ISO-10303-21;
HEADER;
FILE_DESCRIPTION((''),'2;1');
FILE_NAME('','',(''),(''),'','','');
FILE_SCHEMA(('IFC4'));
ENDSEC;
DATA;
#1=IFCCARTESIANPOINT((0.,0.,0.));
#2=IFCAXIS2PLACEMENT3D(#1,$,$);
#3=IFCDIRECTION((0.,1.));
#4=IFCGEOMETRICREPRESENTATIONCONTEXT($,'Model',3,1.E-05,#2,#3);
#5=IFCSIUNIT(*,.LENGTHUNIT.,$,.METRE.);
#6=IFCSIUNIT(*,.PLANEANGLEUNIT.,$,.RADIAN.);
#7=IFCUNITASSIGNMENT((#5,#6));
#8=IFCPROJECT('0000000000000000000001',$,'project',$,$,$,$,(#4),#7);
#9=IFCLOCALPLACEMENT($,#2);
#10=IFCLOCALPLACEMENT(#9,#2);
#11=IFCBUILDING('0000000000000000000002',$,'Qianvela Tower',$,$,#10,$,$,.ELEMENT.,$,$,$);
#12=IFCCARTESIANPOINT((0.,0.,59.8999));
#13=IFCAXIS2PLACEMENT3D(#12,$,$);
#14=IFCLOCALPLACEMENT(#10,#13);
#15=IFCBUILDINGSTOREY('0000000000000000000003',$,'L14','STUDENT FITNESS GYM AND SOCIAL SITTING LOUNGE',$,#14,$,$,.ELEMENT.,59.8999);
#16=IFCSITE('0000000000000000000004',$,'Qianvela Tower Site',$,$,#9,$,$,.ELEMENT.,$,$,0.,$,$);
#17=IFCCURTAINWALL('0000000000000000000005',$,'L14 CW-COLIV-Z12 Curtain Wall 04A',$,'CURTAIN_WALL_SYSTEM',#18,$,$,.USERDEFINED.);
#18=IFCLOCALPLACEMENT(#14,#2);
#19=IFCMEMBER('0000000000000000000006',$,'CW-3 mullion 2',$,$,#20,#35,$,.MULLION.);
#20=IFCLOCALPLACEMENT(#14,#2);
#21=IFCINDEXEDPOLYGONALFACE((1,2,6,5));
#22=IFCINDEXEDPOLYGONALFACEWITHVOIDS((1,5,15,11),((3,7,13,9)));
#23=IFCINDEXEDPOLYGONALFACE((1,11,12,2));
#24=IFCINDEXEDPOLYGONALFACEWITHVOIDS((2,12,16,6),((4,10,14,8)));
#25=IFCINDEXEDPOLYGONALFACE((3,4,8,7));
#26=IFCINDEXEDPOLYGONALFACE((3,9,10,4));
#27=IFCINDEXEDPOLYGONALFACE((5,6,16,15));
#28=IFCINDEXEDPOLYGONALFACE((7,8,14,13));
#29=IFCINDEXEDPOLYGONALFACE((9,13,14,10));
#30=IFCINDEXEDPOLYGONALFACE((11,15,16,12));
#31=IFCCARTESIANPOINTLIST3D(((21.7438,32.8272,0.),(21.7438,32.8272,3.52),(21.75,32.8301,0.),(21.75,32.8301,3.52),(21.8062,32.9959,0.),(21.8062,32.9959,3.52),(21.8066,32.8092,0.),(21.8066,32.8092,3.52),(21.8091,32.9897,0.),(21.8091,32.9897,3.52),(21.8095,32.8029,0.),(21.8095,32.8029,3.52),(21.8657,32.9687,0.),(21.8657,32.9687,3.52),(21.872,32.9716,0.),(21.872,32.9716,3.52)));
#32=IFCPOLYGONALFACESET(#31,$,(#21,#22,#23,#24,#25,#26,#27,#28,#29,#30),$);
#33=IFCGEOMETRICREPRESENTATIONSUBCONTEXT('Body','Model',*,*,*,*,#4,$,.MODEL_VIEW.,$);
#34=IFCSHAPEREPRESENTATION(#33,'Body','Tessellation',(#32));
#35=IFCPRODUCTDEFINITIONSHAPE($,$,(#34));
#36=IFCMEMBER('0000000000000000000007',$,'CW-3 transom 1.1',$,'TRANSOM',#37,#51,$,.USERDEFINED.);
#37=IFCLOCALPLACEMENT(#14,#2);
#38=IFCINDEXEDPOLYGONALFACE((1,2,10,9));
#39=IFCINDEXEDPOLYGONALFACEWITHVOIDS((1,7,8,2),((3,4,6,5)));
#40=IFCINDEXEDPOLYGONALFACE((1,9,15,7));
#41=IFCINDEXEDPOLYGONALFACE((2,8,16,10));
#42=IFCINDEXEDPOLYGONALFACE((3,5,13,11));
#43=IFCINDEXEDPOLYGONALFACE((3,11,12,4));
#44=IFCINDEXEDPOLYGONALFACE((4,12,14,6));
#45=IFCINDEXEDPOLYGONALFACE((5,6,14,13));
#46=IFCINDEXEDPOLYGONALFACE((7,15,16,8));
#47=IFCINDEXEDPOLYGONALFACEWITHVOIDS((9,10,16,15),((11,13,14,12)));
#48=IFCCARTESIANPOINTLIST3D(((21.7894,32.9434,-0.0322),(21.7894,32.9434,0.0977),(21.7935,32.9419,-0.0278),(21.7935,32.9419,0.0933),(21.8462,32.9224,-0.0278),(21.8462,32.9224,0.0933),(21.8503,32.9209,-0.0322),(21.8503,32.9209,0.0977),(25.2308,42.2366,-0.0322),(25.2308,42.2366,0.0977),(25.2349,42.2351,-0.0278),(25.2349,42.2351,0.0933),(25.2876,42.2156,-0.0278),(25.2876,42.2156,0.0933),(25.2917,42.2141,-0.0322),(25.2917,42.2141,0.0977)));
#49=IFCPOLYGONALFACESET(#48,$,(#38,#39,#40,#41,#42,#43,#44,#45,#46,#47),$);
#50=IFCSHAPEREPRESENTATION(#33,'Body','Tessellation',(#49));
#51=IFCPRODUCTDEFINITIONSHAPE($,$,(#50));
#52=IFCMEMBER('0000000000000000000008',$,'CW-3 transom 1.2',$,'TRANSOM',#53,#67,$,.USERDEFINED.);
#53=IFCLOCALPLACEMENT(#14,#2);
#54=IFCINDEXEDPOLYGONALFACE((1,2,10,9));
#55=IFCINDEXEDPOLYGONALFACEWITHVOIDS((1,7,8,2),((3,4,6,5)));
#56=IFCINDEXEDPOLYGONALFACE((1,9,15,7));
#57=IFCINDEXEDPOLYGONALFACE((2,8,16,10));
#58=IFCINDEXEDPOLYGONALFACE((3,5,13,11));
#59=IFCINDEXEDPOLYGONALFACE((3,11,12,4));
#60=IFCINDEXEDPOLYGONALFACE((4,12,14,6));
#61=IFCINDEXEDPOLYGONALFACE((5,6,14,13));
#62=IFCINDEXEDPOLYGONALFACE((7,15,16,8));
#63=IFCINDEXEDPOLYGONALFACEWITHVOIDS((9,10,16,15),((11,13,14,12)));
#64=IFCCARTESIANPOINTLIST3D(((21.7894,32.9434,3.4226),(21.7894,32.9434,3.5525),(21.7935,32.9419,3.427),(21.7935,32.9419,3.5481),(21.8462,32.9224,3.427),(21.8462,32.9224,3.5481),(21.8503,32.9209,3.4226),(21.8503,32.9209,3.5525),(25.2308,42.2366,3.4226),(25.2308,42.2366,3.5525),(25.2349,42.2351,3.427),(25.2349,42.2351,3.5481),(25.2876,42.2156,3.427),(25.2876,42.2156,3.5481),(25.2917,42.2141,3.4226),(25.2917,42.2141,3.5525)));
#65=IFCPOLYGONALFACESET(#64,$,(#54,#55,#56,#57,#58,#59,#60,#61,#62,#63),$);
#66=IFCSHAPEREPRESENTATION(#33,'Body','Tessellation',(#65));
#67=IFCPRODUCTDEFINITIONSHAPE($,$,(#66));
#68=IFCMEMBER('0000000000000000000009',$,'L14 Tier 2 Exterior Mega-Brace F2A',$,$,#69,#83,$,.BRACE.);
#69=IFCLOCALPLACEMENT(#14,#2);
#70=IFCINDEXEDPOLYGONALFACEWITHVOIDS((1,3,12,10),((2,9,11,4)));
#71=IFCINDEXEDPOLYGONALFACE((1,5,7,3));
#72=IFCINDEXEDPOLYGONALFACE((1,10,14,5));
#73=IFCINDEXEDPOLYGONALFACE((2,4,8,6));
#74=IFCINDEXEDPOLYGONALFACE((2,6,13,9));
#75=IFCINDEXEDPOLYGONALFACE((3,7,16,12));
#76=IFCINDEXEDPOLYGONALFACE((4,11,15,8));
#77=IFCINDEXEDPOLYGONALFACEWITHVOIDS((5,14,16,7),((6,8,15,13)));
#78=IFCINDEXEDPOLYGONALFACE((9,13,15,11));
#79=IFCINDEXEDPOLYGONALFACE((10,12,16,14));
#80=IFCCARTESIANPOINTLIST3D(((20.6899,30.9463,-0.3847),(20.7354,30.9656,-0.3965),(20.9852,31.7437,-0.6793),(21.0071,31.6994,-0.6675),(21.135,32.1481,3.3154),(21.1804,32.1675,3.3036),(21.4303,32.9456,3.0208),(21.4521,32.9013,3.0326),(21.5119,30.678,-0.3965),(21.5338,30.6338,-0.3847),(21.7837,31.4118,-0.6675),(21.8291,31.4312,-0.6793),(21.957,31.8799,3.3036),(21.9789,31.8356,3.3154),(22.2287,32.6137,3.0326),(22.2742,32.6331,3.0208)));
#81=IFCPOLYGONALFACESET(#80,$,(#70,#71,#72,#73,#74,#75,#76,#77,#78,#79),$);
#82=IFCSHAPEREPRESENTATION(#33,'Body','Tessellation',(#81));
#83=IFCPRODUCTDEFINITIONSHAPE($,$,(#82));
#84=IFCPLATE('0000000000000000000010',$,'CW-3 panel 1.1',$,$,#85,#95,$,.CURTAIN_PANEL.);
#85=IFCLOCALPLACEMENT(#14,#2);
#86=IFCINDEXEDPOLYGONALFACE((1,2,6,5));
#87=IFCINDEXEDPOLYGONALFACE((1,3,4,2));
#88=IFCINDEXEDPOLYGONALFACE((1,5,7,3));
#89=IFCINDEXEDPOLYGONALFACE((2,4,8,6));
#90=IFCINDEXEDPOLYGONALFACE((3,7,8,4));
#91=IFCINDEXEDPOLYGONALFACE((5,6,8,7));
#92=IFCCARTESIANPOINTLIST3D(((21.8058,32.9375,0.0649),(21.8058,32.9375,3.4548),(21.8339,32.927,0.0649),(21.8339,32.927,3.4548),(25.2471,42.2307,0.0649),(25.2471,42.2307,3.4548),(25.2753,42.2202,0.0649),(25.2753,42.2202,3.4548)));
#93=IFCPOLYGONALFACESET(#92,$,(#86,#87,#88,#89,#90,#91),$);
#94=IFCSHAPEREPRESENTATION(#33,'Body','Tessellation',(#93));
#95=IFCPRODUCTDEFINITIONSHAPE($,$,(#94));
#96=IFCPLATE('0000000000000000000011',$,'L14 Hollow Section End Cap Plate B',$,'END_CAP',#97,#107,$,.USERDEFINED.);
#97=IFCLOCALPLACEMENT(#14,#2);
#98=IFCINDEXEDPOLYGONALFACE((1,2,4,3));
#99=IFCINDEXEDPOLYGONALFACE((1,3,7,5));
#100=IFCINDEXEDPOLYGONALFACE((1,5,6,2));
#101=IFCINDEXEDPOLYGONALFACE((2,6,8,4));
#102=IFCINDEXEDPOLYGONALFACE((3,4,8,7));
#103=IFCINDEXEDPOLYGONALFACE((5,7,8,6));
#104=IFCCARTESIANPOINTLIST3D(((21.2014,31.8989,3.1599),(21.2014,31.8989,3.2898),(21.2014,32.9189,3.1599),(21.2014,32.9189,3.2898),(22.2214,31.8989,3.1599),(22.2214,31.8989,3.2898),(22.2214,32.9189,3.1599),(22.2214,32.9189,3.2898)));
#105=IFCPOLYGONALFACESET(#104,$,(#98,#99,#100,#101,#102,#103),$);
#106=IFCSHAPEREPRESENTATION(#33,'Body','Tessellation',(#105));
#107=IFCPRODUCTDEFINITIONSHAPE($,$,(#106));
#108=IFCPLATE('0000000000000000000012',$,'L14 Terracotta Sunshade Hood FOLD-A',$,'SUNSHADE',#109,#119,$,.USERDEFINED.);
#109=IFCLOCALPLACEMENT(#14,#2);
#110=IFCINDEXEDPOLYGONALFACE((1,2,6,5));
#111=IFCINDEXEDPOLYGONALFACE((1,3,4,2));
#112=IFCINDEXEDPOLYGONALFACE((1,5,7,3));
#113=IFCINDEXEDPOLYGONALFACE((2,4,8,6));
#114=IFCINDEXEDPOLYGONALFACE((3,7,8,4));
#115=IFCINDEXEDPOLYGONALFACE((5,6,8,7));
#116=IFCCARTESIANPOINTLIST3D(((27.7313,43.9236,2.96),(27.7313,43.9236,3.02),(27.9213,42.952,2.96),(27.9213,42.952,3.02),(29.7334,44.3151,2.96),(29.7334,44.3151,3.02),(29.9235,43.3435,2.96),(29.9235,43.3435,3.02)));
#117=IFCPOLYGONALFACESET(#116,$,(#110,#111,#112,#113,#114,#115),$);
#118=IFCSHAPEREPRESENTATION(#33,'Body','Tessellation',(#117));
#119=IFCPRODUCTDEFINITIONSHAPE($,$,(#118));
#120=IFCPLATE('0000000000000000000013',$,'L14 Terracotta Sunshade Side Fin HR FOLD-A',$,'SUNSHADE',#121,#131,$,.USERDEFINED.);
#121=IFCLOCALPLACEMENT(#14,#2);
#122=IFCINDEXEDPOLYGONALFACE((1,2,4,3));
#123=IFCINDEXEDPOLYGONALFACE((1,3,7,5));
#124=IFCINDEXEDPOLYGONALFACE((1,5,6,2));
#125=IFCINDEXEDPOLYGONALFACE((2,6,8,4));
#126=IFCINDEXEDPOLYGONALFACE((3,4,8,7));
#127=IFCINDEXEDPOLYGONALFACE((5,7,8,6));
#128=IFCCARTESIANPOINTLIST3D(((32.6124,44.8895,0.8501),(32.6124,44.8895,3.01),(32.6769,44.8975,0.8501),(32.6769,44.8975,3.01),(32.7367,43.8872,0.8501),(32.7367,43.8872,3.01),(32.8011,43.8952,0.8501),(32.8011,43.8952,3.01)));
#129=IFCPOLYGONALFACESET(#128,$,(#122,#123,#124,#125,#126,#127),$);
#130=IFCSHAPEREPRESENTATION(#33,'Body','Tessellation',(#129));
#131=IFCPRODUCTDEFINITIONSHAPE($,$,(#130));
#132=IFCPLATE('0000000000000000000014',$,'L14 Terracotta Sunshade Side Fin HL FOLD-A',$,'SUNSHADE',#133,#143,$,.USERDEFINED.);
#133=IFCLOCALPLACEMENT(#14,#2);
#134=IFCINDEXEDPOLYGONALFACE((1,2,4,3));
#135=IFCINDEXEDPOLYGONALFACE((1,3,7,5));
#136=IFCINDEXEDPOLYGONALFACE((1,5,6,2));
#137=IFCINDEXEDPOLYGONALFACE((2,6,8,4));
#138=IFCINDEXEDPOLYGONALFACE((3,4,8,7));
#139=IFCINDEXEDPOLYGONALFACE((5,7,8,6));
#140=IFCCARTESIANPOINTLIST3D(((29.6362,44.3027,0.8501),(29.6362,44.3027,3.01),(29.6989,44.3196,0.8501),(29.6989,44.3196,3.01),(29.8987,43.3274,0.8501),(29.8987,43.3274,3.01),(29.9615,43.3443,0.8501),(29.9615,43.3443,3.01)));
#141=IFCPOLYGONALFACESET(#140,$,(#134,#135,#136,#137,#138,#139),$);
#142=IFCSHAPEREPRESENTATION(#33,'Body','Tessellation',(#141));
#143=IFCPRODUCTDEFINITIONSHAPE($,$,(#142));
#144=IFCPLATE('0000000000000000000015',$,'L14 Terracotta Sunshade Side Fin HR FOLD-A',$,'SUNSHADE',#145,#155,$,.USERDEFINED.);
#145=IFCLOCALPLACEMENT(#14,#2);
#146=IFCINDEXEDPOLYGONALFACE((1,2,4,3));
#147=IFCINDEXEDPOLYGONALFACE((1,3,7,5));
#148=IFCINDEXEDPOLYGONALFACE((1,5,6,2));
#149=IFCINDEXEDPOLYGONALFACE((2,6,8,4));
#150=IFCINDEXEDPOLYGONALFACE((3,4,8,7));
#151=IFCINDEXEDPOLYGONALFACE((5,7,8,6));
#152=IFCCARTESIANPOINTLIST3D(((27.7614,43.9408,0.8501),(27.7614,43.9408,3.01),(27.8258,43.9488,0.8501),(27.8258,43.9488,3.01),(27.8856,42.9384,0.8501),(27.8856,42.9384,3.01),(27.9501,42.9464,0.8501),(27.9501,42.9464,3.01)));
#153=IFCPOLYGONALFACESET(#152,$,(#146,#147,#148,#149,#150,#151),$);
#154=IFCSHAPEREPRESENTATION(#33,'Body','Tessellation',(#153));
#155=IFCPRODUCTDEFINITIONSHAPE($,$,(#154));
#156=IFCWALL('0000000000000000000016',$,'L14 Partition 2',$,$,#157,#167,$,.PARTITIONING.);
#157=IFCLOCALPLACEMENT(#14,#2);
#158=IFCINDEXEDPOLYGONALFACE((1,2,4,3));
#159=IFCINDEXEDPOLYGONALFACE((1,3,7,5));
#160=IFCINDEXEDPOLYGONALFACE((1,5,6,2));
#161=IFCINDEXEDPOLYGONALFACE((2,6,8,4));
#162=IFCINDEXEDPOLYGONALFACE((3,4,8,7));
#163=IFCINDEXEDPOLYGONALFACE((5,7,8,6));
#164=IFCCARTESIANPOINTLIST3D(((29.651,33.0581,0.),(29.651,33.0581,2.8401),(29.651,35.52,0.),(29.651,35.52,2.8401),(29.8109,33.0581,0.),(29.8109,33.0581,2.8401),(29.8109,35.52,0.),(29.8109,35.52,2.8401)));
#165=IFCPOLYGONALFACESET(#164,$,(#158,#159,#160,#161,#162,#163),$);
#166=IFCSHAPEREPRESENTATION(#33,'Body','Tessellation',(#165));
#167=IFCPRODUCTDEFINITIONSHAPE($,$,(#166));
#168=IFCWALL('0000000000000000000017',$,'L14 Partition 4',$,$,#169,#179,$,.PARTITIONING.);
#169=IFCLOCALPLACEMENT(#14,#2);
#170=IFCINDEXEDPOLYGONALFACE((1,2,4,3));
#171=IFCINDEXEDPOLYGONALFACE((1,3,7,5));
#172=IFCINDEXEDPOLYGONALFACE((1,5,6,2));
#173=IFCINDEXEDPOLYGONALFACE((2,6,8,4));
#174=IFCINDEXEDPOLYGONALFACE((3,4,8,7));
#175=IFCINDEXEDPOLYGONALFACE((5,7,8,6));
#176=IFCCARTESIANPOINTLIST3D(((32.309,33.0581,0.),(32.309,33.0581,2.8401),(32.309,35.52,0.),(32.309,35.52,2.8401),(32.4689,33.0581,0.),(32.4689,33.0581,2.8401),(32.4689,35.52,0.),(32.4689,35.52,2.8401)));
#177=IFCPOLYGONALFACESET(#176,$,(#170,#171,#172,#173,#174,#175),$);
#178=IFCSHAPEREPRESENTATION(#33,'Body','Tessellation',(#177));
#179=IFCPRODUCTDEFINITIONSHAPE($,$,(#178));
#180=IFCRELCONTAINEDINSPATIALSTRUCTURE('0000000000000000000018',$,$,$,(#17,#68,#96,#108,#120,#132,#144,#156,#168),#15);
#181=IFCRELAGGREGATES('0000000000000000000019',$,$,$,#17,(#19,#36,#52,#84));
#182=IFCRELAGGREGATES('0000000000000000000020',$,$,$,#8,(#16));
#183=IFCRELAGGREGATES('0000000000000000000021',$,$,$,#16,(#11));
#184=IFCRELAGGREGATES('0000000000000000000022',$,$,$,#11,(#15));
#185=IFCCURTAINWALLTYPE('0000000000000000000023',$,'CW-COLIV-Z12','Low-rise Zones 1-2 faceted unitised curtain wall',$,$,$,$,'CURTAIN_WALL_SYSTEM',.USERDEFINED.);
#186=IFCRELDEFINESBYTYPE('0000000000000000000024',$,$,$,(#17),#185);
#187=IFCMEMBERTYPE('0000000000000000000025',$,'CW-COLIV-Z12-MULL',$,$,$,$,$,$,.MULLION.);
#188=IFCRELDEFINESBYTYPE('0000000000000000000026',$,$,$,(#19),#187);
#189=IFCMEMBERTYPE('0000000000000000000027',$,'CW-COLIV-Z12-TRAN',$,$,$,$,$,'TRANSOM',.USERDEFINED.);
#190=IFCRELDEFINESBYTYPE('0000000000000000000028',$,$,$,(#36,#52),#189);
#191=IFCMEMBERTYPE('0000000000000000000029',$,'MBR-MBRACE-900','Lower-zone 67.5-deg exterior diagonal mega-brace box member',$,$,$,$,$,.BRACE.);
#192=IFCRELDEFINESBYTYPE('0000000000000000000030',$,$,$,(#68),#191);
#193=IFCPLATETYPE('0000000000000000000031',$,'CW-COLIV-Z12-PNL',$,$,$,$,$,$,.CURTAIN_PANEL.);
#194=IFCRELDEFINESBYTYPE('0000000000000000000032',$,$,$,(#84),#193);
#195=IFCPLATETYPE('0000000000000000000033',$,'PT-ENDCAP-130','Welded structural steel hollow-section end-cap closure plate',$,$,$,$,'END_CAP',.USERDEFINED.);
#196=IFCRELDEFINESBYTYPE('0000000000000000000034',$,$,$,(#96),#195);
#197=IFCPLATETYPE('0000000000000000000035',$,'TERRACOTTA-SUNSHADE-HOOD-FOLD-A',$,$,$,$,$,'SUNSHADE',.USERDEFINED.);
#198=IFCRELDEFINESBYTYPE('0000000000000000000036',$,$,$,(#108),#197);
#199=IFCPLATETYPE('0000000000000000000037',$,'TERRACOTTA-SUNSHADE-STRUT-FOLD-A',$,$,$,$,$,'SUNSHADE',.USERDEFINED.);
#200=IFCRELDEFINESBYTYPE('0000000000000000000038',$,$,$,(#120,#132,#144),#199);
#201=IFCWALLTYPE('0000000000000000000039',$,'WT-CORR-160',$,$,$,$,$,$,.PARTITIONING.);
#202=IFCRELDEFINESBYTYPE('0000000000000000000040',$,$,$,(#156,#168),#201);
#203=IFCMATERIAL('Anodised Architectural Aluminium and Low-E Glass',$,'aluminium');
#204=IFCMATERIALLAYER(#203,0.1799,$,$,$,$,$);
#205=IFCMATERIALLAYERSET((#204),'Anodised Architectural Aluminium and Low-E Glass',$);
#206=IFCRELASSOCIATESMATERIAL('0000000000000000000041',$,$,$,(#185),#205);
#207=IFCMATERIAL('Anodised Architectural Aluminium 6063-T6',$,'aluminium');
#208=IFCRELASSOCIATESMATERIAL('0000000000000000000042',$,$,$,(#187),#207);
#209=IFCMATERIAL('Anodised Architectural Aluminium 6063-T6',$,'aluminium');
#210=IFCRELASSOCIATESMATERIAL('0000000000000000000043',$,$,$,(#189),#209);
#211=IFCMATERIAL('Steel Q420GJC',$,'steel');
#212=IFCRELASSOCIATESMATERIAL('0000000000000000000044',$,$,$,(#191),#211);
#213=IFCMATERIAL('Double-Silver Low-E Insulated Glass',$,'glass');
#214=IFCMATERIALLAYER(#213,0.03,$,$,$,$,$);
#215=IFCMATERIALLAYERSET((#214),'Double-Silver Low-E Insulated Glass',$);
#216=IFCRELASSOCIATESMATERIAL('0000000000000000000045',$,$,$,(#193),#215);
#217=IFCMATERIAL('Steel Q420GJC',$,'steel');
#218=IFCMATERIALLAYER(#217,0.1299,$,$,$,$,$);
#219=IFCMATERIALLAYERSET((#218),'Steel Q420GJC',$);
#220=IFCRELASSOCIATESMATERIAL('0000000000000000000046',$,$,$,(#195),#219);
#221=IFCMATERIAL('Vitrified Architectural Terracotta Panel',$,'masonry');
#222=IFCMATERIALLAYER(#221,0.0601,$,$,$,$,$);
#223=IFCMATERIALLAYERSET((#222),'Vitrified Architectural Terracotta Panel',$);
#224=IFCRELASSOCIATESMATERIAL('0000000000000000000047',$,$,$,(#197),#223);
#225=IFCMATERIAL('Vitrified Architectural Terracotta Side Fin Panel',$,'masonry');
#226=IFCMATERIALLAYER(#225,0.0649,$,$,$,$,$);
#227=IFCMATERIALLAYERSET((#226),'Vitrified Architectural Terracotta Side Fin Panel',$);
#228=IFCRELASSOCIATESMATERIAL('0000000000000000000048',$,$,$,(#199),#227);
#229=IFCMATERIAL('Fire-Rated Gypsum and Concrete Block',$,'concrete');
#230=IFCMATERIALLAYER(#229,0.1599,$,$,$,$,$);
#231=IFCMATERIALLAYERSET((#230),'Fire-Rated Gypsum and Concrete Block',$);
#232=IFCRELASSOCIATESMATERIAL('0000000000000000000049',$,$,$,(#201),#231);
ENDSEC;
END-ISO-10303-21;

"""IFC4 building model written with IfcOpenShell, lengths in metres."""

from ifc_helpers import new_model, si_unit, direction, frame, frame_2d, origin, origin_2d, place, context, subcontext, project, spatial, rectangle, hollow_rectangle, extrude, material, layer, layer_set, material_profile, profile_set, type_object, element, aggregate, save


model = new_model("IFC4")

# Units and contexts
model_context = context("Model", 3, precision=1e-05, world=origin(), true_north=direction((0.0, 1.0)))
body_context = subcontext(model_context, "Body", "Model", "MODEL_VIEW")
ifc_project = project(units=[si_unit("LENGTHUNIT", "METRE"), si_unit("PLANEANGLEUNIT", "RADIAN")], contexts=[model_context])

# Site, building, storey
site_placement = place(None, origin())
site = spatial("IfcSite", under=ifc_project, at=site_placement, Name="Qianvela Tower Site", CompositionType="ELEMENT", RefElevation=0.0)
building_placement = place(site_placement, origin())
building = spatial("IfcBuilding", under=site, at=building_placement, Name="Qianvela Tower", CompositionType="ELEMENT")
storey_placement = place(building_placement, frame((0.0, 0.0, 59.8999)))
storey = spatial("IfcBuildingStorey", under=building, at=storey_placement, Name="L14", Description="STUDENT FITNESS GYM AND SOCIAL SITTING LOUNGE", CompositionType="ELEMENT", Elevation=59.8999)

# Curtain wall, members
ifc_material_1 = material(Name="Anodised Architectural Aluminium and Low-E Glass", Category="aluminium")
ifc_layer_1 = layer(ifc_material_1, 0.1799)
ifc_layer_set_1 = layer_set([ifc_layer_1], Name="Anodised Architectural Aluminium and Low-E Glass")
curtain_wall_type_1 = type_object("IfcCurtainWallType", Name="CW-COLIV-Z12", Description="Low-rise Zones 1-2 faceted unitised curtain wall", ElementType="CURTAIN_WALL_SYSTEM", PredefinedType="USERDEFINED", material=ifc_layer_set_1)
curtain_wall_1_placement = place(storey_placement, origin())
curtain_wall_1 = element("IfcCurtainWall", 1, at=curtain_wall_1_placement, inside=storey, type_object=curtain_wall_type_1, Name="L14 CW-COLIV-Z12 Curtain Wall 04A", ObjectType="CURTAIN_WALL_SYSTEM", PredefinedType="USERDEFINED")
ifc_material_2 = material(Name="Anodised Architectural Aluminium 6063-T6", Category="aluminium")
ifc_material_profile_1 = material_profile(ifc_material_2, hollow_rectangle(XDim=0.0701, YDim=0.1799, WallThickness=0.0049, at=origin_2d()), Name="ALU-MULL-70x180")
ifc_profile_set_1 = profile_set([ifc_material_profile_1], Name="Anodised Architectural Aluminium 6063-T6")
member_type_1 = type_object("IfcMemberType", Name="CW-COLIV-Z12-MULL", PredefinedType="MULLION", material=ifc_profile_set_1)
member_1_placement = place(storey_placement, frame((21.8079, 32.8994, 0.0), z_axis=(0.0, 0.0, 1.0), x_axis=(0.937768, -0.347263, 0.0)))
member_1 = element("IfcMember", 2, at=member_1_placement, type_object=member_type_1, Name="CW-3 mullion 2", PredefinedType="MULLION", context=body_context, shape_type="SweptSolid", body=[
    extrude(hollow_rectangle(XDim=0.0701, YDim=0.1799, WallThickness=0.0049, at=origin_2d()), origin(), (0.0, 0.0, 1.0), 3.52),
])
ifc_material_3 = material(Name="Anodised Architectural Aluminium 6063-T6", Category="aluminium")
ifc_material_profile_2 = material_profile(ifc_material_3, hollow_rectangle(XDim=0.0649, YDim=0.1299, WallThickness=0.0044, at=origin_2d()), Name="ALU-TRAN-65x130")
ifc_profile_set_2 = profile_set([ifc_material_profile_2], Name="Anodised Architectural Aluminium 6063-T6")
member_type_2 = type_object("IfcMemberType", Name="CW-COLIV-Z12-TRAN", ElementType="TRANSOM", PredefinedType="USERDEFINED", material=ifc_profile_set_2)
member_2_placement = place(storey_placement, frame((25.2612, 42.2253, 0.0327), z_axis=(-0.347268, -0.937766, 0.0), x_axis=(0.937766, -0.347268, 0.0)))
member_2 = element("IfcMember", 3, at=member_2_placement, type_object=member_type_2, Name="CW-3 transom 1.1", ObjectType="TRANSOM", PredefinedType="USERDEFINED", context=body_context, shape_type="SweptSolid", body=[
    extrude(hollow_rectangle(XDim=0.0649, YDim=0.1299, WallThickness=0.0044, at=origin_2d()), origin(), (0.0, 0.0, 1.0), 9.9099),
])
member_3_placement = place(storey_placement, frame((25.2612, 42.2253, 3.4875), z_axis=(-0.347268, -0.937766, 0.0), x_axis=(0.937766, -0.347268, 0.0)))
member_3 = element("IfcMember", 4, at=member_3_placement, type_object=member_type_2, Name="CW-3 transom 1.2", ObjectType="TRANSOM", PredefinedType="USERDEFINED", context=body_context, shape_type="SweptSolid", body=[
    extrude(hollow_rectangle(XDim=0.0649, YDim=0.1299, WallThickness=0.0044, at=origin_2d()), origin(), (0.0, 0.0, 1.0), 9.9099),
])

# Member
ifc_material_4 = material(Name="Steel Q420GJC", Category="steel")
ifc_material_profile_3 = material_profile(ifc_material_4, hollow_rectangle(XDim=0.8999, YDim=0.8999, WallThickness=0.0359, at=origin_2d()), Name="MBOX-900x900x36")
ifc_profile_set_3 = profile_set([ifc_material_profile_3], Name="Steel Q420GJC")
member_type_3 = type_object("IfcMemberType", Name="MBR-MBRACE-900", Description="Lower-zone 67.5-deg exterior diagonal mega-brace box member", PredefinedType="BRACE", material=ifc_profile_set_3)
member_4_placement = place(storey_placement, frame((21.2595, 31.1887, -0.532), z_axis=(0.113657, 0.306931, 0.944921), x_axis=(-0.937769, 0.347259, 0.0)))
element("IfcMember", 5, at=member_4_placement, inside=storey, type_object=member_type_3, Name="L14 Tier 2 Exterior Mega-Brace F2A", PredefinedType="BRACE", context=body_context, shape_type="SweptSolid", body=[
    extrude(hollow_rectangle(XDim=0.8999, YDim=0.8999, WallThickness=0.0359, at=origin_2d()), origin(), (0.0, 0.0, 1.0), 3.9158),
])

# Plate
ifc_material_5 = material(Name="Double-Silver Low-E Insulated Glass", Category="glass")
ifc_layer_2 = layer(ifc_material_5, 0.03)
ifc_layer_set_2 = layer_set([ifc_layer_2], Name="Double-Silver Low-E Insulated Glass")
plate_type_1 = type_object("IfcPlateType", Name="CW-COLIV-Z12-PNL", PredefinedType="CURTAIN_PANEL", material=ifc_layer_set_2)
plate_1_placement = place(storey_placement, frame((23.5405, 37.5789, 0.0649), z_axis=(0.0, 0.0, 1.0), x_axis=(-0.347263, -0.937768, 0.0)))
plate_1 = element("IfcPlate", 6, at=plate_1_placement, type_object=plate_type_1, Name="CW-3 panel 1.1", PredefinedType="CURTAIN_PANEL", context=body_context, shape_type="SweptSolid", body=[
    extrude(rectangle(XDim=9.9099, YDim=0.03, at=origin_2d()), origin(), (0.0, 0.0, 1.0), 3.3899),
])
aggregate(curtain_wall_1, [member_1, member_2, member_3, plate_1])

# Plates
ifc_material_6 = material(Name="Steel Q420GJC", Category="steel")
ifc_layer_3 = layer(ifc_material_6, 0.1299)
ifc_layer_set_3 = layer_set([ifc_layer_3], Name="Steel Q420GJC")
plate_type_2 = type_object("IfcPlateType", Name="PT-ENDCAP-130", Description="Welded structural steel hollow-section end-cap closure plate", ElementType="END_CAP", PredefinedType="USERDEFINED", material=ifc_layer_set_3)
plate_2_placement = place(storey_placement, frame((21.7114, 32.4089, 3.1599), z_axis=(0.0, 0.0, 1.0), x_axis=(1.0, 0.0, 0.0)))
element("IfcPlate", 7, at=plate_2_placement, inside=storey, type_object=plate_type_2, Name="L14 Hollow Section End Cap Plate B", ObjectType="END_CAP", PredefinedType="USERDEFINED", context=body_context, shape_type="SweptSolid", body=[
    extrude(rectangle(XDim=1.02, YDim=1.02, at=origin_2d()), origin(), (0.0, 0.0, 1.0), 0.1299),
])
ifc_material_7 = material(Name="Vitrified Architectural Terracotta Panel", Category="masonry")
ifc_layer_4 = layer(ifc_material_7, 0.0601)
ifc_layer_set_4 = layer_set([ifc_layer_4], Name="Vitrified Architectural Terracotta Panel")
plate_type_3 = type_object("IfcPlateType", Name="TERRACOTTA-SUNSHADE-HOOD-FOLD-A", ElementType="SUNSHADE", PredefinedType="USERDEFINED", material=ifc_layer_set_4)
plate_3_placement = place(storey_placement, frame((28.8274, 43.6335, 2.96), z_axis=(0.0, 0.0, 1.0), x_axis=(-0.981406, -0.191941, 0.0)))
element("IfcPlate", 8, at=plate_3_placement, inside=storey, type_object=plate_type_3, Name="L14 Terracotta Sunshade Hood FOLD-A", ObjectType="SUNSHADE", PredefinedType="USERDEFINED", context=body_context, shape_type="SweptSolid", body=[
    extrude(rectangle(XDim=2.04, YDim=0.99, at=origin_2d()), origin(), (0.0, 0.0, 1.0), 0.0601),
])
ifc_material_8 = material(Name="Vitrified Architectural Terracotta Side Fin Panel", Category="masonry")
ifc_layer_5 = layer(ifc_material_8, 0.0649)
ifc_layer_set_5 = layer_set([ifc_layer_5], Name="Vitrified Architectural Terracotta Side Fin Panel")
plate_type_4 = type_object("IfcPlateType", Name="TERRACOTTA-SUNSHADE-STRUT-FOLD-A", ElementType="SUNSHADE", PredefinedType="USERDEFINED", material=ifc_layer_set_5)
for number, where, z_axis, x_axis, name in (
    (9, (32.7068, 44.3923, 0.8501), (0.0, 0.0, 1.0), (-0.992405, -0.123014, 0.0), "L14 Terracotta Sunshade Side Fin HR FOLD-A"),
    (10, (29.7988, 43.8235, 0.8501), (0.0, 0.0, 1.0), (-0.965627, -0.259933, 0.0), "L14 Terracotta Sunshade Side Fin HL FOLD-A"),
    (11, (27.8557, 43.4436, 0.8501), (0.0, 0.0, 1.0), (-0.992405, -0.123014, 0.0), "L14 Terracotta Sunshade Side Fin HR FOLD-A"),
):
    element("IfcPlate", number, at=place(storey_placement, frame(where, z_axis=z_axis, x_axis=x_axis)), inside=storey, type_object=plate_type_4, Name=name, ObjectType="SUNSHADE", PredefinedType="USERDEFINED", context=body_context, shape_type="SweptSolid", body=[
        extrude(rectangle(XDim=0.0649, YDim=1.01, at=origin_2d()), origin(), (0.0, 0.0, 1.0), 2.1599),
    ])

# Wall
ifc_material_9 = material(Name="Fire-Rated Gypsum and Concrete Block", Category="concrete")
ifc_layer_6 = layer(ifc_material_9, 0.1599)
ifc_layer_set_6 = layer_set([ifc_layer_6], Name="Fire-Rated Gypsum and Concrete Block")
wall_type_1 = type_object("IfcWallType", Name="WT-CORR-160", PredefinedType="PARTITIONING", material=ifc_layer_set_6)
wall_1_placement = place(storey_placement, frame((29.731, 33.0581, 0.0), z_axis=(0.0, 0.0, 1.0), x_axis=(0.0, 1.0, 0.0)))
element("IfcWall", 12, at=wall_1_placement, inside=storey, type_object=wall_type_1, Name="L14 Partition 2", PredefinedType="PARTITIONING", context=body_context, shape_type="SweptSolid", body=[
    extrude(rectangle(XDim=2.4619, YDim=0.1599, at=frame_2d((1.231, 0.0))), origin(), (0.0, 0.0, 1.0), 2.8401),
])

# Wall
wall_2_placement = place(storey_placement, frame((32.3889, 35.52, 0.0), z_axis=(0.0, 0.0, 1.0), x_axis=(0.0, -1.0, 0.0)))
element("IfcWall", 13, at=wall_2_placement, inside=storey, type_object=wall_type_1, Name="L14 Partition 4", PredefinedType="PARTITIONING", context=body_context, shape_type="SweptSolid", body=[
    extrude(rectangle(XDim=2.4619, YDim=0.1599, at=frame_2d((1.231, 0.0))), origin(), (0.0, 0.0, 1.0), 2.8401),
])

save(model, "model.ifc")
